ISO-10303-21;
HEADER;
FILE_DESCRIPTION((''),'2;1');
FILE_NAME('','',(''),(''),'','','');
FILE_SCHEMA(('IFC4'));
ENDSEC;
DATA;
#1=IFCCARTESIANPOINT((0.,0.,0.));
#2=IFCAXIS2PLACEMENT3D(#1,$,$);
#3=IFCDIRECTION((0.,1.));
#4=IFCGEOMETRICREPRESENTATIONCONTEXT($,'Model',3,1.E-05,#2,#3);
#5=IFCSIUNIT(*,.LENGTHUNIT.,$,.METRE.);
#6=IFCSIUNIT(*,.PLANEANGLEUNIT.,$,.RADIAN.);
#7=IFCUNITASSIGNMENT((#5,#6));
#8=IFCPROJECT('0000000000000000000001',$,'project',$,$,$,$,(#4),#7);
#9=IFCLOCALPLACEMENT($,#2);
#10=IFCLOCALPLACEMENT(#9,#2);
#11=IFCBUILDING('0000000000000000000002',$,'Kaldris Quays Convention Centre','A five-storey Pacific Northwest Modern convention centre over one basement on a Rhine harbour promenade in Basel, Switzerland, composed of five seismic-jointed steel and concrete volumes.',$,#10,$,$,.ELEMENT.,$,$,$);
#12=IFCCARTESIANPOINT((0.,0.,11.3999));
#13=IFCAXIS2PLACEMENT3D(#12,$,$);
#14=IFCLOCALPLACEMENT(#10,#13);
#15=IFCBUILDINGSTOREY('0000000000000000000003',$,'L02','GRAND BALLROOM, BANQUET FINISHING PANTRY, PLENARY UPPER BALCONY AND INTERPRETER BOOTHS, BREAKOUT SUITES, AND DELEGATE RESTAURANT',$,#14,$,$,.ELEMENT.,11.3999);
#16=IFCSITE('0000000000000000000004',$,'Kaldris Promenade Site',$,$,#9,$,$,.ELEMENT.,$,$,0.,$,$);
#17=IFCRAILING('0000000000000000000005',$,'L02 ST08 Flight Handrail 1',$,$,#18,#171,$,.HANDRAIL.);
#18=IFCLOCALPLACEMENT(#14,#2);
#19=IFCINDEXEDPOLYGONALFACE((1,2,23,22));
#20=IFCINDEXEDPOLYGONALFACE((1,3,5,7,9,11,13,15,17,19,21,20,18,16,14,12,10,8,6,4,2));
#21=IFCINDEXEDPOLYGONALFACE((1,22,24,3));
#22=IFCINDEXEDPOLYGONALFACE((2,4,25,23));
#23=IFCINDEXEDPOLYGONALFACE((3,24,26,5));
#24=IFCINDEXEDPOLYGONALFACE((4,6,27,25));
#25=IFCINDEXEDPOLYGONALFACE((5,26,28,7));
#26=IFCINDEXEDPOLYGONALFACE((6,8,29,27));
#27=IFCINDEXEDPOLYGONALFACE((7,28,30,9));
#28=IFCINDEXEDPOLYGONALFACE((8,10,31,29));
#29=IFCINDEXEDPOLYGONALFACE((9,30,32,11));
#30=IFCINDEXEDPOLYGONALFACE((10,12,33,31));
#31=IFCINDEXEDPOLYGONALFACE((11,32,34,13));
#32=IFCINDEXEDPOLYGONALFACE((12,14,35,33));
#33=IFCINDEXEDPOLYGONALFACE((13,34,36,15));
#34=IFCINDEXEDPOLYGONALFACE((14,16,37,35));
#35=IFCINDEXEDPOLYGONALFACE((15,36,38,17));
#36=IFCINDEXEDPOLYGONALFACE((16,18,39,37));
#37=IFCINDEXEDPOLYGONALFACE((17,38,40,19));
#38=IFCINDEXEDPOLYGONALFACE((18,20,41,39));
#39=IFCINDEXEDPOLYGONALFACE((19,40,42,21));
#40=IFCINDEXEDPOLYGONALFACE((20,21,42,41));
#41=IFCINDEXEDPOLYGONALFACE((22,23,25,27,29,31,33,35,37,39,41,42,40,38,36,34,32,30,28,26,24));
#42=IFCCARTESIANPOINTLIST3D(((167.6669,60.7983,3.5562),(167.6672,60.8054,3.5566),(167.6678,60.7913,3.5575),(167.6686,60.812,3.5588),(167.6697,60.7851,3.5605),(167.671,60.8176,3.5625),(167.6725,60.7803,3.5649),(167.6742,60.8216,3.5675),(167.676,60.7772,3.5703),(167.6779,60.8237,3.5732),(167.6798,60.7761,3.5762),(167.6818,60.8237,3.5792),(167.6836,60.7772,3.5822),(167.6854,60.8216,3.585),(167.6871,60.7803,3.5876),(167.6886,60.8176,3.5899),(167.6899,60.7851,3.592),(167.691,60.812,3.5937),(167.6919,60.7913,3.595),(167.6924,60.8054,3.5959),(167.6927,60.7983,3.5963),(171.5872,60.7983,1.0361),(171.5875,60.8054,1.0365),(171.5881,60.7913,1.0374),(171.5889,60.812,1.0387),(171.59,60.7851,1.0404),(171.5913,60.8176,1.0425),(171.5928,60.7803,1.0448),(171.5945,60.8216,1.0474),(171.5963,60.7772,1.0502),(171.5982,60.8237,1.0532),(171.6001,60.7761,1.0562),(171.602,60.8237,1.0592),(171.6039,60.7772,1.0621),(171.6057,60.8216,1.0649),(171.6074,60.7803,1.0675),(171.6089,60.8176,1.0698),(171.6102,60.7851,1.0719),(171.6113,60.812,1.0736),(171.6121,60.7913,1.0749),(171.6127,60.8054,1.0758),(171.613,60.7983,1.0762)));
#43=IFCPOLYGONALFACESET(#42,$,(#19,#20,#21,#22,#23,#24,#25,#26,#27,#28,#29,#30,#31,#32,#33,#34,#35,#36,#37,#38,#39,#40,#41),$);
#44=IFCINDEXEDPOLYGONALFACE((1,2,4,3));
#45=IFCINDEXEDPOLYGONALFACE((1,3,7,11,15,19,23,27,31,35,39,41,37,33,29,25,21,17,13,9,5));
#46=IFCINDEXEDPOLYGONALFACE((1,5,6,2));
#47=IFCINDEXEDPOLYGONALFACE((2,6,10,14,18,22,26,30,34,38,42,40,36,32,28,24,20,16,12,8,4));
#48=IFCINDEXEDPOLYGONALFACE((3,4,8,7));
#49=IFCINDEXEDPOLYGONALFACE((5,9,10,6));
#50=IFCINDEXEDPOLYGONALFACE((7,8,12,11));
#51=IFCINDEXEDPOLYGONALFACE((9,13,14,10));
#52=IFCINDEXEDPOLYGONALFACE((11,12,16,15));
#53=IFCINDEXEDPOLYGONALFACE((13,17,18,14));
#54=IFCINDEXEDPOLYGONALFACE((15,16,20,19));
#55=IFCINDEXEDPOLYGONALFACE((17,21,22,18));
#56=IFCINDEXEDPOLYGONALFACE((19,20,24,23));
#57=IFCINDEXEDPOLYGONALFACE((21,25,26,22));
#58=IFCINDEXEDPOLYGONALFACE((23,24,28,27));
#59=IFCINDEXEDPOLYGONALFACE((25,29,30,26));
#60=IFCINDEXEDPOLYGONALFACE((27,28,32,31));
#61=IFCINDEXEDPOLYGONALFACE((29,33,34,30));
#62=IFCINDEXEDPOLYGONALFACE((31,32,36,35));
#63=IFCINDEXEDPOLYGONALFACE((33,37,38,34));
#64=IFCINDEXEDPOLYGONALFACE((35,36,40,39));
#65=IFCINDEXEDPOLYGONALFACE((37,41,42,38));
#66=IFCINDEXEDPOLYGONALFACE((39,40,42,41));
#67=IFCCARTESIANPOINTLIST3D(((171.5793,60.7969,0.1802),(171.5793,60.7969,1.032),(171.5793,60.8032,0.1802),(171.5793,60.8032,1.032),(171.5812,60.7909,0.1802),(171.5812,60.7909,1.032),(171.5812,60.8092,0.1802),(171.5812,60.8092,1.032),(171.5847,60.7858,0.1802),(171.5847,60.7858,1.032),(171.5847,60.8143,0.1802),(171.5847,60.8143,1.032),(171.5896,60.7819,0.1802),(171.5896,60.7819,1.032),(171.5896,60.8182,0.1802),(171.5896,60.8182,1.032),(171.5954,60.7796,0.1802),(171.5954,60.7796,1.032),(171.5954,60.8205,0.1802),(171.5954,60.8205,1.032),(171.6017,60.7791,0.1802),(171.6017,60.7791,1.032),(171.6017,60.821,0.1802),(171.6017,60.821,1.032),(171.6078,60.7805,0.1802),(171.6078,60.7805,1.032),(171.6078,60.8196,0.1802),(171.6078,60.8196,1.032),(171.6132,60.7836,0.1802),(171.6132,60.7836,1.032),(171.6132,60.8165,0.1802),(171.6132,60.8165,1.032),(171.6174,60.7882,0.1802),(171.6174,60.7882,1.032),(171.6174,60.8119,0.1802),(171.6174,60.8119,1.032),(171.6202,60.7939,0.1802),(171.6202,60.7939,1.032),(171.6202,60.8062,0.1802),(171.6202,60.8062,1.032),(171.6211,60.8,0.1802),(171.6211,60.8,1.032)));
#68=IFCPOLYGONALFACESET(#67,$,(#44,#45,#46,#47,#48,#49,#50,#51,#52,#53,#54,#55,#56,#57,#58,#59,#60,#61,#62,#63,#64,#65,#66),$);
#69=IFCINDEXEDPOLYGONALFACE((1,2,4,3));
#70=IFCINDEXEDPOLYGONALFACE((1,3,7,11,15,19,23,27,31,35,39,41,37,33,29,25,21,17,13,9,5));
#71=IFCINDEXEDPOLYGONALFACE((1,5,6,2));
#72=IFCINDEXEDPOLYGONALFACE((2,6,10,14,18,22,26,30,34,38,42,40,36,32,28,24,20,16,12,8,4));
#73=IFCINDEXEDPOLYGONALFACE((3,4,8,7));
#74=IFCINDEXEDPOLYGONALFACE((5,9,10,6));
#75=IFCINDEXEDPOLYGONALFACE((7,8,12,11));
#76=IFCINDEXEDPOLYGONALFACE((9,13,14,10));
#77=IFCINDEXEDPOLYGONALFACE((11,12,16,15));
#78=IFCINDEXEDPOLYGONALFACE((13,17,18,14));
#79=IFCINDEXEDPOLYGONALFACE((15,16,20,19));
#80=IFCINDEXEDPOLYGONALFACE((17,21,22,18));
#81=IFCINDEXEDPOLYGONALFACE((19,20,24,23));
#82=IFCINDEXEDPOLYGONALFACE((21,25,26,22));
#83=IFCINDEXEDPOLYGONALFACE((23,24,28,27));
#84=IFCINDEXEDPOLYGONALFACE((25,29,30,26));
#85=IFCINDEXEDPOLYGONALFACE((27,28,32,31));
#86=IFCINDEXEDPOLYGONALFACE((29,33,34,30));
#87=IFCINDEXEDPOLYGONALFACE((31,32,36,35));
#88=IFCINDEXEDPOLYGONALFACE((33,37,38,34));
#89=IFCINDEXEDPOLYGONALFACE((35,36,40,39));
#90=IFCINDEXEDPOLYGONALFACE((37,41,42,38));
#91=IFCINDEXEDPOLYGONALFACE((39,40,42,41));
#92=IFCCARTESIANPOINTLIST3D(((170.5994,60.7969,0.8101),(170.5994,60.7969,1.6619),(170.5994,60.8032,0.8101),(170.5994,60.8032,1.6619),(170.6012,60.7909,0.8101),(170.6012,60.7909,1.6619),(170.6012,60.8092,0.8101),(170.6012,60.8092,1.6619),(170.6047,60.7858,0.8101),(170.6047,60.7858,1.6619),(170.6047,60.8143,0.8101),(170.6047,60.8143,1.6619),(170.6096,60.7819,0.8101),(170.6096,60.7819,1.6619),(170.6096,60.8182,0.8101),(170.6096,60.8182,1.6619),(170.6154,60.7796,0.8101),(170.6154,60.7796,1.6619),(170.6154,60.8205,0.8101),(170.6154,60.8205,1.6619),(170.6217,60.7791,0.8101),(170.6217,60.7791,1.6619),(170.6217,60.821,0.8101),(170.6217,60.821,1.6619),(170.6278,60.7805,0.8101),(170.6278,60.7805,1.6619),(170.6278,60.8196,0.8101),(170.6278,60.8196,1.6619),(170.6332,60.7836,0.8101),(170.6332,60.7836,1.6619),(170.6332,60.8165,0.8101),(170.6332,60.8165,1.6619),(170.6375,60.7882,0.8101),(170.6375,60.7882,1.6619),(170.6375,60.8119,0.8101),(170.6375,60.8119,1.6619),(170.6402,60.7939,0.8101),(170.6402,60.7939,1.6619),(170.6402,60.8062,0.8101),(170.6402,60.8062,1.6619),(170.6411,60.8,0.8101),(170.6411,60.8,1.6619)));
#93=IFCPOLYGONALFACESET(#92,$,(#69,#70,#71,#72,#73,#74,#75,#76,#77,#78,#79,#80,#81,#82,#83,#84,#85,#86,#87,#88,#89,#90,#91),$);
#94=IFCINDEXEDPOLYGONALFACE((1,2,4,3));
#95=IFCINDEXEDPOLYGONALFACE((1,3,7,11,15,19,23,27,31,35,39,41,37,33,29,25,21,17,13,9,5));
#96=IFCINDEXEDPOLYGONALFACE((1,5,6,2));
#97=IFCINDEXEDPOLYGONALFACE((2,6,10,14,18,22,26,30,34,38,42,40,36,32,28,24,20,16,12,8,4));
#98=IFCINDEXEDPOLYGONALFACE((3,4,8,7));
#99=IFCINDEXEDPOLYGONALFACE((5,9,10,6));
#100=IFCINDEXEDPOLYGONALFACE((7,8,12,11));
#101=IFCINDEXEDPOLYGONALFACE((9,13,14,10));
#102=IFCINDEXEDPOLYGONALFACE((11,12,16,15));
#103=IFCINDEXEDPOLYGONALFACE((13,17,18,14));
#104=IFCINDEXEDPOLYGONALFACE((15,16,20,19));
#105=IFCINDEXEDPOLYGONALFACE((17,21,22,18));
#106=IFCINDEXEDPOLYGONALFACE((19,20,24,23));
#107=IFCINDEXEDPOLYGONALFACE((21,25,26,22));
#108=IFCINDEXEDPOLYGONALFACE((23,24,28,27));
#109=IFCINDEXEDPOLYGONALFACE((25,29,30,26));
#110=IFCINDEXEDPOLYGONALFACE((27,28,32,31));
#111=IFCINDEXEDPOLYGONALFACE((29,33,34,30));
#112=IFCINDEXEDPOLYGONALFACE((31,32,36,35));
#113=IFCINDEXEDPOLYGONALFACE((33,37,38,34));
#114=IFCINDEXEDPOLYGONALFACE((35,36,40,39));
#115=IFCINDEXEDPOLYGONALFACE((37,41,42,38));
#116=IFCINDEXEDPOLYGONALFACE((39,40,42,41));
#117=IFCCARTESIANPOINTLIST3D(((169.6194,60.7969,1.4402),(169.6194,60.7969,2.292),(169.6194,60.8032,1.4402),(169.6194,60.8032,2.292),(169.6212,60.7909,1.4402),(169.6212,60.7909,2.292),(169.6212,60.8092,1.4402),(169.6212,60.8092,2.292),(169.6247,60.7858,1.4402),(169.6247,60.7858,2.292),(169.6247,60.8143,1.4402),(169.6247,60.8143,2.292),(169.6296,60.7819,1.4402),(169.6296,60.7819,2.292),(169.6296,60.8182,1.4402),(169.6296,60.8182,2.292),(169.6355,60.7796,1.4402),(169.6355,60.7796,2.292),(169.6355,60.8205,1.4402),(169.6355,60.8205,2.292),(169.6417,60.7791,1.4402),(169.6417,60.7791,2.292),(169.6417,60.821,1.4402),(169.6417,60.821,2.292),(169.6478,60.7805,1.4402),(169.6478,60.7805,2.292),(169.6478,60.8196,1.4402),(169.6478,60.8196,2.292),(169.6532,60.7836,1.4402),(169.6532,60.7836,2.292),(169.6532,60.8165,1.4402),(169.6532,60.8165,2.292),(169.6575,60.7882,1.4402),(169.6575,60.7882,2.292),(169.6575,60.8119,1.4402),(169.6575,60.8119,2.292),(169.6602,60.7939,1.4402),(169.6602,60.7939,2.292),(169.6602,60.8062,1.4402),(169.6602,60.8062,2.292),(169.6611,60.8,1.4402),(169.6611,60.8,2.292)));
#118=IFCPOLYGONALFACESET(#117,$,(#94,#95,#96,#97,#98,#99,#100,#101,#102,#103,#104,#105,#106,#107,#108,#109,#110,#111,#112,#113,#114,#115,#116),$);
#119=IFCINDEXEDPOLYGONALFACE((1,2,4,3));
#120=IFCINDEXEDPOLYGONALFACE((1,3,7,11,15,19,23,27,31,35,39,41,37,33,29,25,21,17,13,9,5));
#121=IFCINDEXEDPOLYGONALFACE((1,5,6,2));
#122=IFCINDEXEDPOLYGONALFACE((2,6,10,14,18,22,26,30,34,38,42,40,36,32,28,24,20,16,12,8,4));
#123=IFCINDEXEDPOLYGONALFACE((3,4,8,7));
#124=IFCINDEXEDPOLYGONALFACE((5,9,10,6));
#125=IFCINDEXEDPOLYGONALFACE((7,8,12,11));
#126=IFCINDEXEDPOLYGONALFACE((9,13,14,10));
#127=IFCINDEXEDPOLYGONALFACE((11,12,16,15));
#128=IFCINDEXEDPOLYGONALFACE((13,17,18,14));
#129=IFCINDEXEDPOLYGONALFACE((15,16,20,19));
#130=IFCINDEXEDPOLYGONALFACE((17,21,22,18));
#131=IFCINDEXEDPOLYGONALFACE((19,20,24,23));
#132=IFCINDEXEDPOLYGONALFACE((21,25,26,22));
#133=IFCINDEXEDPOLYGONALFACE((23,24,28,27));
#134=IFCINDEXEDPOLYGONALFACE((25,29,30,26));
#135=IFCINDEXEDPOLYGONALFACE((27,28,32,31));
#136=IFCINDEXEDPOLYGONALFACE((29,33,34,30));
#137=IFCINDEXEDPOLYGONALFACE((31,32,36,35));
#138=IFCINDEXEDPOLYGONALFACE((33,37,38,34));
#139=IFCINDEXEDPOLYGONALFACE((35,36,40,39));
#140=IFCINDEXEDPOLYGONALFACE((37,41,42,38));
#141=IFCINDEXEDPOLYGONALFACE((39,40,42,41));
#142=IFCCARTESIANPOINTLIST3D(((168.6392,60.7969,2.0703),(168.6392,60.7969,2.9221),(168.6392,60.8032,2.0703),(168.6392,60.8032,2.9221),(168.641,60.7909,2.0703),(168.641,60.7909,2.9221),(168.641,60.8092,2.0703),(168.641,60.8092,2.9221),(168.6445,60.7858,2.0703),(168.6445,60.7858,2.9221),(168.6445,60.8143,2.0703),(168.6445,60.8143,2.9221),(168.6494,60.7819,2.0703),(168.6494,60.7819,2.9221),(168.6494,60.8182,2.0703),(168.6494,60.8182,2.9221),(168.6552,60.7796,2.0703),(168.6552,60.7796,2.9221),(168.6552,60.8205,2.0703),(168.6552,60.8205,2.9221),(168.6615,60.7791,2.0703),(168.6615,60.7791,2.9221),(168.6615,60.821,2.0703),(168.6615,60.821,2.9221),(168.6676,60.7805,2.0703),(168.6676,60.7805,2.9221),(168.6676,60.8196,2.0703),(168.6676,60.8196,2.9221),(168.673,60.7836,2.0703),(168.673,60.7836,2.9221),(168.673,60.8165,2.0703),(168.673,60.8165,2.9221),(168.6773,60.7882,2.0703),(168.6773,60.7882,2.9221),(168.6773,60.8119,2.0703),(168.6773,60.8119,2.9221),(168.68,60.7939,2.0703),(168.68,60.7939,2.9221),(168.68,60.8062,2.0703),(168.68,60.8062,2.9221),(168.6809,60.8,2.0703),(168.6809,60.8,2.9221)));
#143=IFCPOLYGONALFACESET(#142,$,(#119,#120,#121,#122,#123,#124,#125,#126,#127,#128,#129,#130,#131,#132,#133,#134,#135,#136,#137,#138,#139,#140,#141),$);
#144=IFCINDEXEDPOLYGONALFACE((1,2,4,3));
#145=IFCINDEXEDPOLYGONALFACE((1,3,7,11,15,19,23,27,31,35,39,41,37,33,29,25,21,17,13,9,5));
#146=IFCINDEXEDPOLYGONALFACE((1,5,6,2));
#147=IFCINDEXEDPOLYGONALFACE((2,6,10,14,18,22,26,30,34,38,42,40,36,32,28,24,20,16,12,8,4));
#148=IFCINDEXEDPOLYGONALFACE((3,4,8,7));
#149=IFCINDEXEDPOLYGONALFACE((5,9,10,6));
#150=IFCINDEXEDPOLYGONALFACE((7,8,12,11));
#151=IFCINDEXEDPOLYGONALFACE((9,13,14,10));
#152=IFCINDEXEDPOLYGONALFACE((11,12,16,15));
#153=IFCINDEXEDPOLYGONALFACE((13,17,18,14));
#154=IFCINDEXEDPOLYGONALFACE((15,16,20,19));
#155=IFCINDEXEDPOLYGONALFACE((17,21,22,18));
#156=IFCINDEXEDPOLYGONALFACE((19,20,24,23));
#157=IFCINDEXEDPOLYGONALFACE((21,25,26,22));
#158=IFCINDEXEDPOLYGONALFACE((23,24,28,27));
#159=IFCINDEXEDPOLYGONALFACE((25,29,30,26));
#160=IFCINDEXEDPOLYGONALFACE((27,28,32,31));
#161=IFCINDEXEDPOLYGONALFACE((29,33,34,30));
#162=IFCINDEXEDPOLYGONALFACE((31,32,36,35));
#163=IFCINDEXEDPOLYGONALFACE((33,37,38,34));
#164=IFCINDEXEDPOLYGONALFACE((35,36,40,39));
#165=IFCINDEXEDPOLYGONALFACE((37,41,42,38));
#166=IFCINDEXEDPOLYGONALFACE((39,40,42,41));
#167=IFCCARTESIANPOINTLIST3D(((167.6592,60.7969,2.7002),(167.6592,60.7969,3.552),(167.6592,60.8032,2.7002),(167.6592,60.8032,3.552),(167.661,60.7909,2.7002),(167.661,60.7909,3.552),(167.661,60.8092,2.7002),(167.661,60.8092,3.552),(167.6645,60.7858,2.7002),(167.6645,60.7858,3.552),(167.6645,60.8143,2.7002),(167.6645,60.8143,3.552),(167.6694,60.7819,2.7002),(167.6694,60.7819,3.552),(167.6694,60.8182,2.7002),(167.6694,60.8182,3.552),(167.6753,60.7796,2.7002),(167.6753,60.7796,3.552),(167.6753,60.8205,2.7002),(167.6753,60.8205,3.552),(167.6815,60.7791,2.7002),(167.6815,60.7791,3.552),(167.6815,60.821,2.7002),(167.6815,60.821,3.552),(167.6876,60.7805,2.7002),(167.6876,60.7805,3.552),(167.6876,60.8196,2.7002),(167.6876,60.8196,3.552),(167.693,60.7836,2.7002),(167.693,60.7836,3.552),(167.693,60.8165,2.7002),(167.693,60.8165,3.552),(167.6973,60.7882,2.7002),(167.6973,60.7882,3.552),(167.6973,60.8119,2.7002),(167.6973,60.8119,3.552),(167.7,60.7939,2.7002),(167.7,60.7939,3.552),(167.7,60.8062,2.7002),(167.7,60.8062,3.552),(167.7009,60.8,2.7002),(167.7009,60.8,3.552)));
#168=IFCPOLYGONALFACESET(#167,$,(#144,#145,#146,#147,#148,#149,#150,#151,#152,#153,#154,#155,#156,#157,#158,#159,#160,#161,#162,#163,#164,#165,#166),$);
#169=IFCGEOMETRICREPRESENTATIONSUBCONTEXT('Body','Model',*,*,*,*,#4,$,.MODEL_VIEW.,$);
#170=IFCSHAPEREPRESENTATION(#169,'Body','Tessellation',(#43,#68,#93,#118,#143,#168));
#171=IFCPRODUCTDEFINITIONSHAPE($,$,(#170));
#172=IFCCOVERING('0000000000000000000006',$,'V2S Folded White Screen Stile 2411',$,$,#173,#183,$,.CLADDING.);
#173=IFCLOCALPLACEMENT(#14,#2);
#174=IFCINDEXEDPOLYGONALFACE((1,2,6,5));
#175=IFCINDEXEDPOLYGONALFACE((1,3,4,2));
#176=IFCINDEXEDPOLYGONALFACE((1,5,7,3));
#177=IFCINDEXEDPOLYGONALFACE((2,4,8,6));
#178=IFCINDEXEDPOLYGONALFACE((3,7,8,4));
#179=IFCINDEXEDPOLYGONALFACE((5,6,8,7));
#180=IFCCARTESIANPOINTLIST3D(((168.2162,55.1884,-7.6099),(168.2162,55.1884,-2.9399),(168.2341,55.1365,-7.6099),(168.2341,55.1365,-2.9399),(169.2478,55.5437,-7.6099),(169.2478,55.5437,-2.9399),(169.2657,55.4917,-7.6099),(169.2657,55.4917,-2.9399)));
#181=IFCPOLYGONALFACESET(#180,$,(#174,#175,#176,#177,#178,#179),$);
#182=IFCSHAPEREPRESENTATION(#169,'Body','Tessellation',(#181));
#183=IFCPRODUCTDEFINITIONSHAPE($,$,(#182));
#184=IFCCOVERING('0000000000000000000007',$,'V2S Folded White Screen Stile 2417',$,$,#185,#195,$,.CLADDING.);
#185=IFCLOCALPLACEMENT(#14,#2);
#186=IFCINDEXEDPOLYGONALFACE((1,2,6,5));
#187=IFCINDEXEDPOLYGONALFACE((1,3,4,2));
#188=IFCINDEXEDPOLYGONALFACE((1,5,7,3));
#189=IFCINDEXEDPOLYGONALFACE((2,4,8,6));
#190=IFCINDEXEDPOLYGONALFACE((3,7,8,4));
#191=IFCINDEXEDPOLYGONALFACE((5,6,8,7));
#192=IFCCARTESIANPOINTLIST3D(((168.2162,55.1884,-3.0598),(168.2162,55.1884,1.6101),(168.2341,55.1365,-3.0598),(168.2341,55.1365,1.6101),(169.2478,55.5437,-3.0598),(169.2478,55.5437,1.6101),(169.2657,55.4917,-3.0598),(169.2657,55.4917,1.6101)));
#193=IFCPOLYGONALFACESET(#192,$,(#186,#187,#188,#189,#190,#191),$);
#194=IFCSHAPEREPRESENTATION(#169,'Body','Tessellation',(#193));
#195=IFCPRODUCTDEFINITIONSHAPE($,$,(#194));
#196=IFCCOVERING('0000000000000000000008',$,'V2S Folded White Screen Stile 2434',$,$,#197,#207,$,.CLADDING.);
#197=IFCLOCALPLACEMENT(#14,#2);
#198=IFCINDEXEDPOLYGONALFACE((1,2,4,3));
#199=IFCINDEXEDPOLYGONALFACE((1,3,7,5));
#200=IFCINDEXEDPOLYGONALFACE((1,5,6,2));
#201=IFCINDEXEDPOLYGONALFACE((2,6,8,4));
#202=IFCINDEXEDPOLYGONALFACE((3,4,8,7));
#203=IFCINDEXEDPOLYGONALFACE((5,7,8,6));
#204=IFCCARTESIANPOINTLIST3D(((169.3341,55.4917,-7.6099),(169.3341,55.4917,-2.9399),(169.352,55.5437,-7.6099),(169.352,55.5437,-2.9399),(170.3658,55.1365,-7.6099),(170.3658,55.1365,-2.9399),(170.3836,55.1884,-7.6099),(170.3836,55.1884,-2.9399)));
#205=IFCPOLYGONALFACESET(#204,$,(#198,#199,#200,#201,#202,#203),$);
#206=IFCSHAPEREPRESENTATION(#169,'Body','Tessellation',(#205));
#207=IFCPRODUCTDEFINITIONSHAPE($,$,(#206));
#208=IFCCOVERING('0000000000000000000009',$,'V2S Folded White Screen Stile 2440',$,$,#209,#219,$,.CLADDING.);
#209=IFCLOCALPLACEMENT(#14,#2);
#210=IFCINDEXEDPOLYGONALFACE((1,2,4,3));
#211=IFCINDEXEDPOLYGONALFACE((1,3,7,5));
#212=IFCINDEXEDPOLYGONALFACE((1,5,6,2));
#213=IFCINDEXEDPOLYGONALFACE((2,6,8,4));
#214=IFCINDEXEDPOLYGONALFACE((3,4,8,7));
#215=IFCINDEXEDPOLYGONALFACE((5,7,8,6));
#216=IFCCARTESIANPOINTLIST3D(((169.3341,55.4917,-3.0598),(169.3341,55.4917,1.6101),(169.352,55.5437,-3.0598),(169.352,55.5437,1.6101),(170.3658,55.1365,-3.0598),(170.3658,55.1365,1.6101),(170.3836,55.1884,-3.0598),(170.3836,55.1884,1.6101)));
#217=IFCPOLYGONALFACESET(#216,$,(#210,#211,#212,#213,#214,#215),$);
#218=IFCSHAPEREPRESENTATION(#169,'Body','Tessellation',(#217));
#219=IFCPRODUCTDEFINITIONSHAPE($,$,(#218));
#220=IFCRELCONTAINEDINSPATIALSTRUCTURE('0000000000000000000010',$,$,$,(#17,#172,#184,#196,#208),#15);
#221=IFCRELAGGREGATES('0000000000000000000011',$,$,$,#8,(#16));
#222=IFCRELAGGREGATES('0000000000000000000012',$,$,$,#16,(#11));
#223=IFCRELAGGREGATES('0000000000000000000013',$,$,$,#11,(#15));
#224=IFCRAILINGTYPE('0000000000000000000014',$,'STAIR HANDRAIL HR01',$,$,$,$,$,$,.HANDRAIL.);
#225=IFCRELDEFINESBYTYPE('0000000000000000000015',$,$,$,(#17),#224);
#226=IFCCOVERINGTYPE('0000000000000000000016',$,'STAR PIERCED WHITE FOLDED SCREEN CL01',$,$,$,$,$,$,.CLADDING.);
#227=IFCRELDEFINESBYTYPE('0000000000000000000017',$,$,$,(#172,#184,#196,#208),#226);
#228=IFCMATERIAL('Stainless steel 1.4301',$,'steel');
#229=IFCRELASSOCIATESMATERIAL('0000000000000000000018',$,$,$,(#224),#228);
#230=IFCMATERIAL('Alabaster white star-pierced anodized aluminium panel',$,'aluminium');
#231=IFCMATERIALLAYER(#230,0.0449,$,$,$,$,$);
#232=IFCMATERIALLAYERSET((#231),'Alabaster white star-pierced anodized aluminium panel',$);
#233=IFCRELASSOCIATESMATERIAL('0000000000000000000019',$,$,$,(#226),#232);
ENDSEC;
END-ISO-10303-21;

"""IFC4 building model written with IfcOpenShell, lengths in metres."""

from ifc_helpers import new_model, si_unit, direction, frame, origin, origin_2d, place, context, subcontext, project, spatial, rectangle, circle, extrude, material, layer, layer_set, type_object, element, save


model = new_model("IFC4")

# Units and contexts
model_context = context("Model", 3, precision=1e-05, world=origin(), true_north=direction((0.0, 1.0)))
body_context = subcontext(model_context, "Body", "Model", "MODEL_VIEW")
ifc_project = project(units=[si_unit("LENGTHUNIT", "METRE"), si_unit("PLANEANGLEUNIT", "RADIAN")], contexts=[model_context])

# Site, building, storey
site_placement = place(None, origin())
site = spatial("IfcSite", under=ifc_project, at=site_placement, Name="Kaldris Promenade Site", CompositionType="ELEMENT", RefElevation=0.0)
building_placement = place(site_placement, origin())
building = spatial("IfcBuilding", under=site, at=building_placement, Name="Kaldris Quays Convention Centre", Description="A five-storey Pacific Northwest Modern convention centre over one basement on a Rhine harbour promenade in Basel, Switzerland, composed of five seismic-jointed steel and concrete volumes.", CompositionType="ELEMENT")
storey_placement = place(building_placement, frame((0.0, 0.0, 11.3999)))
storey = spatial("IfcBuildingStorey", under=building, at=storey_placement, Name="L02", Description="GRAND BALLROOM, BANQUET FINISHING PANTRY, PLENARY UPPER BALCONY AND INTERPRETER BOOTHS, BREAKOUT SUITES, AND DELEGATE RESTAURANT", CompositionType="ELEMENT", Elevation=11.3999)

# Railing
ifc_material_1 = material(Name="Stainless steel 1.4301", Category="steel")
railing_type_1 = type_object("IfcRailingType", Name="STAIR HANDRAIL HR01", PredefinedType="HANDRAIL", material=ifc_material_1)
railing_1_placement = place(storey_placement, frame((171.6001, 60.8, 0.1802)))
element("IfcRailing", 1, at=railing_1_placement, inside=storey, type_object=railing_type_1, Name="L02 ST08 Flight Handrail 1", PredefinedType="HANDRAIL", context=body_context, shape_type="SweptSolid", body=[
    extrude(circle(Radius=0.0239, at=origin_2d()), frame((0.0, 0.0, 0.876), z_axis=(-0.841187, 0.0, 0.540744), x_axis=(0.0, -1.0, 0.0)), (0.0, 0.0, 1.0), 4.6604),
    extrude(circle(Radius=0.021, at=origin_2d()), origin(), (0.0, 0.0, 1.0), 0.8518),
    extrude(circle(Radius=0.021, at=origin_2d()), frame((-0.98, 0.0, 0.6299)), (0.0, 0.0, 1.0), 0.8518),
    extrude(circle(Radius=0.021, at=origin_2d()), frame((-1.96, 0.0, 1.26)), (0.0, 0.0, 1.0), 0.8518),
    extrude(circle(Radius=0.021, at=origin_2d()), frame((-2.9402, 0.0, 1.8901)), (0.0, 0.0, 1.0), 0.8518),
    extrude(circle(Radius=0.021, at=origin_2d()), frame((-3.9202, 0.0, 2.52)), (0.0, 0.0, 1.0), 0.8518),
])

# Coverings
ifc_material_2 = material(Name="Alabaster white star-pierced anodized aluminium panel", Category="aluminium")
ifc_layer = layer(ifc_material_2, 0.0449)
ifc_layer_set = layer_set([ifc_layer], Name="Alabaster white star-pierced anodized aluminium panel")
covering_type = type_object("IfcCoveringType", Name="STAR PIERCED WHITE FOLDED SCREEN CL01", PredefinedType="CLADDING", material=ifc_layer_set)
for number, where, z_axis, x_axis, name in (
    (2, (168.741, 55.3401, -7.6099), (0.0, 0.0, 1.0), (0.945519, 0.325568, 0.0), "V2S Folded White Screen Stile 2411"),
    (3, (168.741, 55.3401, -3.0598), (0.0, 0.0, 1.0), (0.945519, 0.325568, 0.0), "V2S Folded White Screen Stile 2417"),
    (4, (169.8589, 55.3401, -7.6099), (0.0, 0.0, 1.0), (0.945519, -0.325568, 0.0), "V2S Folded White Screen Stile 2434"),
    (5, (169.8589, 55.3401, -3.0598), (0.0, 0.0, 1.0), (0.945519, -0.325568, 0.0), "V2S Folded White Screen Stile 2440"),
):
    element("IfcCovering", number, at=place(storey_placement, frame(where, z_axis=z_axis, x_axis=x_axis)), inside=storey, type_object=covering_type, Name=name, PredefinedType="CLADDING", context=body_context, shape_type="SweptSolid", body=[
        extrude(rectangle(XDim=1.0911, YDim=0.0549, at=origin_2d()), origin(), (0.0, 0.0, 1.0), 4.6699),
    ])

save(model, "model.ifc")
